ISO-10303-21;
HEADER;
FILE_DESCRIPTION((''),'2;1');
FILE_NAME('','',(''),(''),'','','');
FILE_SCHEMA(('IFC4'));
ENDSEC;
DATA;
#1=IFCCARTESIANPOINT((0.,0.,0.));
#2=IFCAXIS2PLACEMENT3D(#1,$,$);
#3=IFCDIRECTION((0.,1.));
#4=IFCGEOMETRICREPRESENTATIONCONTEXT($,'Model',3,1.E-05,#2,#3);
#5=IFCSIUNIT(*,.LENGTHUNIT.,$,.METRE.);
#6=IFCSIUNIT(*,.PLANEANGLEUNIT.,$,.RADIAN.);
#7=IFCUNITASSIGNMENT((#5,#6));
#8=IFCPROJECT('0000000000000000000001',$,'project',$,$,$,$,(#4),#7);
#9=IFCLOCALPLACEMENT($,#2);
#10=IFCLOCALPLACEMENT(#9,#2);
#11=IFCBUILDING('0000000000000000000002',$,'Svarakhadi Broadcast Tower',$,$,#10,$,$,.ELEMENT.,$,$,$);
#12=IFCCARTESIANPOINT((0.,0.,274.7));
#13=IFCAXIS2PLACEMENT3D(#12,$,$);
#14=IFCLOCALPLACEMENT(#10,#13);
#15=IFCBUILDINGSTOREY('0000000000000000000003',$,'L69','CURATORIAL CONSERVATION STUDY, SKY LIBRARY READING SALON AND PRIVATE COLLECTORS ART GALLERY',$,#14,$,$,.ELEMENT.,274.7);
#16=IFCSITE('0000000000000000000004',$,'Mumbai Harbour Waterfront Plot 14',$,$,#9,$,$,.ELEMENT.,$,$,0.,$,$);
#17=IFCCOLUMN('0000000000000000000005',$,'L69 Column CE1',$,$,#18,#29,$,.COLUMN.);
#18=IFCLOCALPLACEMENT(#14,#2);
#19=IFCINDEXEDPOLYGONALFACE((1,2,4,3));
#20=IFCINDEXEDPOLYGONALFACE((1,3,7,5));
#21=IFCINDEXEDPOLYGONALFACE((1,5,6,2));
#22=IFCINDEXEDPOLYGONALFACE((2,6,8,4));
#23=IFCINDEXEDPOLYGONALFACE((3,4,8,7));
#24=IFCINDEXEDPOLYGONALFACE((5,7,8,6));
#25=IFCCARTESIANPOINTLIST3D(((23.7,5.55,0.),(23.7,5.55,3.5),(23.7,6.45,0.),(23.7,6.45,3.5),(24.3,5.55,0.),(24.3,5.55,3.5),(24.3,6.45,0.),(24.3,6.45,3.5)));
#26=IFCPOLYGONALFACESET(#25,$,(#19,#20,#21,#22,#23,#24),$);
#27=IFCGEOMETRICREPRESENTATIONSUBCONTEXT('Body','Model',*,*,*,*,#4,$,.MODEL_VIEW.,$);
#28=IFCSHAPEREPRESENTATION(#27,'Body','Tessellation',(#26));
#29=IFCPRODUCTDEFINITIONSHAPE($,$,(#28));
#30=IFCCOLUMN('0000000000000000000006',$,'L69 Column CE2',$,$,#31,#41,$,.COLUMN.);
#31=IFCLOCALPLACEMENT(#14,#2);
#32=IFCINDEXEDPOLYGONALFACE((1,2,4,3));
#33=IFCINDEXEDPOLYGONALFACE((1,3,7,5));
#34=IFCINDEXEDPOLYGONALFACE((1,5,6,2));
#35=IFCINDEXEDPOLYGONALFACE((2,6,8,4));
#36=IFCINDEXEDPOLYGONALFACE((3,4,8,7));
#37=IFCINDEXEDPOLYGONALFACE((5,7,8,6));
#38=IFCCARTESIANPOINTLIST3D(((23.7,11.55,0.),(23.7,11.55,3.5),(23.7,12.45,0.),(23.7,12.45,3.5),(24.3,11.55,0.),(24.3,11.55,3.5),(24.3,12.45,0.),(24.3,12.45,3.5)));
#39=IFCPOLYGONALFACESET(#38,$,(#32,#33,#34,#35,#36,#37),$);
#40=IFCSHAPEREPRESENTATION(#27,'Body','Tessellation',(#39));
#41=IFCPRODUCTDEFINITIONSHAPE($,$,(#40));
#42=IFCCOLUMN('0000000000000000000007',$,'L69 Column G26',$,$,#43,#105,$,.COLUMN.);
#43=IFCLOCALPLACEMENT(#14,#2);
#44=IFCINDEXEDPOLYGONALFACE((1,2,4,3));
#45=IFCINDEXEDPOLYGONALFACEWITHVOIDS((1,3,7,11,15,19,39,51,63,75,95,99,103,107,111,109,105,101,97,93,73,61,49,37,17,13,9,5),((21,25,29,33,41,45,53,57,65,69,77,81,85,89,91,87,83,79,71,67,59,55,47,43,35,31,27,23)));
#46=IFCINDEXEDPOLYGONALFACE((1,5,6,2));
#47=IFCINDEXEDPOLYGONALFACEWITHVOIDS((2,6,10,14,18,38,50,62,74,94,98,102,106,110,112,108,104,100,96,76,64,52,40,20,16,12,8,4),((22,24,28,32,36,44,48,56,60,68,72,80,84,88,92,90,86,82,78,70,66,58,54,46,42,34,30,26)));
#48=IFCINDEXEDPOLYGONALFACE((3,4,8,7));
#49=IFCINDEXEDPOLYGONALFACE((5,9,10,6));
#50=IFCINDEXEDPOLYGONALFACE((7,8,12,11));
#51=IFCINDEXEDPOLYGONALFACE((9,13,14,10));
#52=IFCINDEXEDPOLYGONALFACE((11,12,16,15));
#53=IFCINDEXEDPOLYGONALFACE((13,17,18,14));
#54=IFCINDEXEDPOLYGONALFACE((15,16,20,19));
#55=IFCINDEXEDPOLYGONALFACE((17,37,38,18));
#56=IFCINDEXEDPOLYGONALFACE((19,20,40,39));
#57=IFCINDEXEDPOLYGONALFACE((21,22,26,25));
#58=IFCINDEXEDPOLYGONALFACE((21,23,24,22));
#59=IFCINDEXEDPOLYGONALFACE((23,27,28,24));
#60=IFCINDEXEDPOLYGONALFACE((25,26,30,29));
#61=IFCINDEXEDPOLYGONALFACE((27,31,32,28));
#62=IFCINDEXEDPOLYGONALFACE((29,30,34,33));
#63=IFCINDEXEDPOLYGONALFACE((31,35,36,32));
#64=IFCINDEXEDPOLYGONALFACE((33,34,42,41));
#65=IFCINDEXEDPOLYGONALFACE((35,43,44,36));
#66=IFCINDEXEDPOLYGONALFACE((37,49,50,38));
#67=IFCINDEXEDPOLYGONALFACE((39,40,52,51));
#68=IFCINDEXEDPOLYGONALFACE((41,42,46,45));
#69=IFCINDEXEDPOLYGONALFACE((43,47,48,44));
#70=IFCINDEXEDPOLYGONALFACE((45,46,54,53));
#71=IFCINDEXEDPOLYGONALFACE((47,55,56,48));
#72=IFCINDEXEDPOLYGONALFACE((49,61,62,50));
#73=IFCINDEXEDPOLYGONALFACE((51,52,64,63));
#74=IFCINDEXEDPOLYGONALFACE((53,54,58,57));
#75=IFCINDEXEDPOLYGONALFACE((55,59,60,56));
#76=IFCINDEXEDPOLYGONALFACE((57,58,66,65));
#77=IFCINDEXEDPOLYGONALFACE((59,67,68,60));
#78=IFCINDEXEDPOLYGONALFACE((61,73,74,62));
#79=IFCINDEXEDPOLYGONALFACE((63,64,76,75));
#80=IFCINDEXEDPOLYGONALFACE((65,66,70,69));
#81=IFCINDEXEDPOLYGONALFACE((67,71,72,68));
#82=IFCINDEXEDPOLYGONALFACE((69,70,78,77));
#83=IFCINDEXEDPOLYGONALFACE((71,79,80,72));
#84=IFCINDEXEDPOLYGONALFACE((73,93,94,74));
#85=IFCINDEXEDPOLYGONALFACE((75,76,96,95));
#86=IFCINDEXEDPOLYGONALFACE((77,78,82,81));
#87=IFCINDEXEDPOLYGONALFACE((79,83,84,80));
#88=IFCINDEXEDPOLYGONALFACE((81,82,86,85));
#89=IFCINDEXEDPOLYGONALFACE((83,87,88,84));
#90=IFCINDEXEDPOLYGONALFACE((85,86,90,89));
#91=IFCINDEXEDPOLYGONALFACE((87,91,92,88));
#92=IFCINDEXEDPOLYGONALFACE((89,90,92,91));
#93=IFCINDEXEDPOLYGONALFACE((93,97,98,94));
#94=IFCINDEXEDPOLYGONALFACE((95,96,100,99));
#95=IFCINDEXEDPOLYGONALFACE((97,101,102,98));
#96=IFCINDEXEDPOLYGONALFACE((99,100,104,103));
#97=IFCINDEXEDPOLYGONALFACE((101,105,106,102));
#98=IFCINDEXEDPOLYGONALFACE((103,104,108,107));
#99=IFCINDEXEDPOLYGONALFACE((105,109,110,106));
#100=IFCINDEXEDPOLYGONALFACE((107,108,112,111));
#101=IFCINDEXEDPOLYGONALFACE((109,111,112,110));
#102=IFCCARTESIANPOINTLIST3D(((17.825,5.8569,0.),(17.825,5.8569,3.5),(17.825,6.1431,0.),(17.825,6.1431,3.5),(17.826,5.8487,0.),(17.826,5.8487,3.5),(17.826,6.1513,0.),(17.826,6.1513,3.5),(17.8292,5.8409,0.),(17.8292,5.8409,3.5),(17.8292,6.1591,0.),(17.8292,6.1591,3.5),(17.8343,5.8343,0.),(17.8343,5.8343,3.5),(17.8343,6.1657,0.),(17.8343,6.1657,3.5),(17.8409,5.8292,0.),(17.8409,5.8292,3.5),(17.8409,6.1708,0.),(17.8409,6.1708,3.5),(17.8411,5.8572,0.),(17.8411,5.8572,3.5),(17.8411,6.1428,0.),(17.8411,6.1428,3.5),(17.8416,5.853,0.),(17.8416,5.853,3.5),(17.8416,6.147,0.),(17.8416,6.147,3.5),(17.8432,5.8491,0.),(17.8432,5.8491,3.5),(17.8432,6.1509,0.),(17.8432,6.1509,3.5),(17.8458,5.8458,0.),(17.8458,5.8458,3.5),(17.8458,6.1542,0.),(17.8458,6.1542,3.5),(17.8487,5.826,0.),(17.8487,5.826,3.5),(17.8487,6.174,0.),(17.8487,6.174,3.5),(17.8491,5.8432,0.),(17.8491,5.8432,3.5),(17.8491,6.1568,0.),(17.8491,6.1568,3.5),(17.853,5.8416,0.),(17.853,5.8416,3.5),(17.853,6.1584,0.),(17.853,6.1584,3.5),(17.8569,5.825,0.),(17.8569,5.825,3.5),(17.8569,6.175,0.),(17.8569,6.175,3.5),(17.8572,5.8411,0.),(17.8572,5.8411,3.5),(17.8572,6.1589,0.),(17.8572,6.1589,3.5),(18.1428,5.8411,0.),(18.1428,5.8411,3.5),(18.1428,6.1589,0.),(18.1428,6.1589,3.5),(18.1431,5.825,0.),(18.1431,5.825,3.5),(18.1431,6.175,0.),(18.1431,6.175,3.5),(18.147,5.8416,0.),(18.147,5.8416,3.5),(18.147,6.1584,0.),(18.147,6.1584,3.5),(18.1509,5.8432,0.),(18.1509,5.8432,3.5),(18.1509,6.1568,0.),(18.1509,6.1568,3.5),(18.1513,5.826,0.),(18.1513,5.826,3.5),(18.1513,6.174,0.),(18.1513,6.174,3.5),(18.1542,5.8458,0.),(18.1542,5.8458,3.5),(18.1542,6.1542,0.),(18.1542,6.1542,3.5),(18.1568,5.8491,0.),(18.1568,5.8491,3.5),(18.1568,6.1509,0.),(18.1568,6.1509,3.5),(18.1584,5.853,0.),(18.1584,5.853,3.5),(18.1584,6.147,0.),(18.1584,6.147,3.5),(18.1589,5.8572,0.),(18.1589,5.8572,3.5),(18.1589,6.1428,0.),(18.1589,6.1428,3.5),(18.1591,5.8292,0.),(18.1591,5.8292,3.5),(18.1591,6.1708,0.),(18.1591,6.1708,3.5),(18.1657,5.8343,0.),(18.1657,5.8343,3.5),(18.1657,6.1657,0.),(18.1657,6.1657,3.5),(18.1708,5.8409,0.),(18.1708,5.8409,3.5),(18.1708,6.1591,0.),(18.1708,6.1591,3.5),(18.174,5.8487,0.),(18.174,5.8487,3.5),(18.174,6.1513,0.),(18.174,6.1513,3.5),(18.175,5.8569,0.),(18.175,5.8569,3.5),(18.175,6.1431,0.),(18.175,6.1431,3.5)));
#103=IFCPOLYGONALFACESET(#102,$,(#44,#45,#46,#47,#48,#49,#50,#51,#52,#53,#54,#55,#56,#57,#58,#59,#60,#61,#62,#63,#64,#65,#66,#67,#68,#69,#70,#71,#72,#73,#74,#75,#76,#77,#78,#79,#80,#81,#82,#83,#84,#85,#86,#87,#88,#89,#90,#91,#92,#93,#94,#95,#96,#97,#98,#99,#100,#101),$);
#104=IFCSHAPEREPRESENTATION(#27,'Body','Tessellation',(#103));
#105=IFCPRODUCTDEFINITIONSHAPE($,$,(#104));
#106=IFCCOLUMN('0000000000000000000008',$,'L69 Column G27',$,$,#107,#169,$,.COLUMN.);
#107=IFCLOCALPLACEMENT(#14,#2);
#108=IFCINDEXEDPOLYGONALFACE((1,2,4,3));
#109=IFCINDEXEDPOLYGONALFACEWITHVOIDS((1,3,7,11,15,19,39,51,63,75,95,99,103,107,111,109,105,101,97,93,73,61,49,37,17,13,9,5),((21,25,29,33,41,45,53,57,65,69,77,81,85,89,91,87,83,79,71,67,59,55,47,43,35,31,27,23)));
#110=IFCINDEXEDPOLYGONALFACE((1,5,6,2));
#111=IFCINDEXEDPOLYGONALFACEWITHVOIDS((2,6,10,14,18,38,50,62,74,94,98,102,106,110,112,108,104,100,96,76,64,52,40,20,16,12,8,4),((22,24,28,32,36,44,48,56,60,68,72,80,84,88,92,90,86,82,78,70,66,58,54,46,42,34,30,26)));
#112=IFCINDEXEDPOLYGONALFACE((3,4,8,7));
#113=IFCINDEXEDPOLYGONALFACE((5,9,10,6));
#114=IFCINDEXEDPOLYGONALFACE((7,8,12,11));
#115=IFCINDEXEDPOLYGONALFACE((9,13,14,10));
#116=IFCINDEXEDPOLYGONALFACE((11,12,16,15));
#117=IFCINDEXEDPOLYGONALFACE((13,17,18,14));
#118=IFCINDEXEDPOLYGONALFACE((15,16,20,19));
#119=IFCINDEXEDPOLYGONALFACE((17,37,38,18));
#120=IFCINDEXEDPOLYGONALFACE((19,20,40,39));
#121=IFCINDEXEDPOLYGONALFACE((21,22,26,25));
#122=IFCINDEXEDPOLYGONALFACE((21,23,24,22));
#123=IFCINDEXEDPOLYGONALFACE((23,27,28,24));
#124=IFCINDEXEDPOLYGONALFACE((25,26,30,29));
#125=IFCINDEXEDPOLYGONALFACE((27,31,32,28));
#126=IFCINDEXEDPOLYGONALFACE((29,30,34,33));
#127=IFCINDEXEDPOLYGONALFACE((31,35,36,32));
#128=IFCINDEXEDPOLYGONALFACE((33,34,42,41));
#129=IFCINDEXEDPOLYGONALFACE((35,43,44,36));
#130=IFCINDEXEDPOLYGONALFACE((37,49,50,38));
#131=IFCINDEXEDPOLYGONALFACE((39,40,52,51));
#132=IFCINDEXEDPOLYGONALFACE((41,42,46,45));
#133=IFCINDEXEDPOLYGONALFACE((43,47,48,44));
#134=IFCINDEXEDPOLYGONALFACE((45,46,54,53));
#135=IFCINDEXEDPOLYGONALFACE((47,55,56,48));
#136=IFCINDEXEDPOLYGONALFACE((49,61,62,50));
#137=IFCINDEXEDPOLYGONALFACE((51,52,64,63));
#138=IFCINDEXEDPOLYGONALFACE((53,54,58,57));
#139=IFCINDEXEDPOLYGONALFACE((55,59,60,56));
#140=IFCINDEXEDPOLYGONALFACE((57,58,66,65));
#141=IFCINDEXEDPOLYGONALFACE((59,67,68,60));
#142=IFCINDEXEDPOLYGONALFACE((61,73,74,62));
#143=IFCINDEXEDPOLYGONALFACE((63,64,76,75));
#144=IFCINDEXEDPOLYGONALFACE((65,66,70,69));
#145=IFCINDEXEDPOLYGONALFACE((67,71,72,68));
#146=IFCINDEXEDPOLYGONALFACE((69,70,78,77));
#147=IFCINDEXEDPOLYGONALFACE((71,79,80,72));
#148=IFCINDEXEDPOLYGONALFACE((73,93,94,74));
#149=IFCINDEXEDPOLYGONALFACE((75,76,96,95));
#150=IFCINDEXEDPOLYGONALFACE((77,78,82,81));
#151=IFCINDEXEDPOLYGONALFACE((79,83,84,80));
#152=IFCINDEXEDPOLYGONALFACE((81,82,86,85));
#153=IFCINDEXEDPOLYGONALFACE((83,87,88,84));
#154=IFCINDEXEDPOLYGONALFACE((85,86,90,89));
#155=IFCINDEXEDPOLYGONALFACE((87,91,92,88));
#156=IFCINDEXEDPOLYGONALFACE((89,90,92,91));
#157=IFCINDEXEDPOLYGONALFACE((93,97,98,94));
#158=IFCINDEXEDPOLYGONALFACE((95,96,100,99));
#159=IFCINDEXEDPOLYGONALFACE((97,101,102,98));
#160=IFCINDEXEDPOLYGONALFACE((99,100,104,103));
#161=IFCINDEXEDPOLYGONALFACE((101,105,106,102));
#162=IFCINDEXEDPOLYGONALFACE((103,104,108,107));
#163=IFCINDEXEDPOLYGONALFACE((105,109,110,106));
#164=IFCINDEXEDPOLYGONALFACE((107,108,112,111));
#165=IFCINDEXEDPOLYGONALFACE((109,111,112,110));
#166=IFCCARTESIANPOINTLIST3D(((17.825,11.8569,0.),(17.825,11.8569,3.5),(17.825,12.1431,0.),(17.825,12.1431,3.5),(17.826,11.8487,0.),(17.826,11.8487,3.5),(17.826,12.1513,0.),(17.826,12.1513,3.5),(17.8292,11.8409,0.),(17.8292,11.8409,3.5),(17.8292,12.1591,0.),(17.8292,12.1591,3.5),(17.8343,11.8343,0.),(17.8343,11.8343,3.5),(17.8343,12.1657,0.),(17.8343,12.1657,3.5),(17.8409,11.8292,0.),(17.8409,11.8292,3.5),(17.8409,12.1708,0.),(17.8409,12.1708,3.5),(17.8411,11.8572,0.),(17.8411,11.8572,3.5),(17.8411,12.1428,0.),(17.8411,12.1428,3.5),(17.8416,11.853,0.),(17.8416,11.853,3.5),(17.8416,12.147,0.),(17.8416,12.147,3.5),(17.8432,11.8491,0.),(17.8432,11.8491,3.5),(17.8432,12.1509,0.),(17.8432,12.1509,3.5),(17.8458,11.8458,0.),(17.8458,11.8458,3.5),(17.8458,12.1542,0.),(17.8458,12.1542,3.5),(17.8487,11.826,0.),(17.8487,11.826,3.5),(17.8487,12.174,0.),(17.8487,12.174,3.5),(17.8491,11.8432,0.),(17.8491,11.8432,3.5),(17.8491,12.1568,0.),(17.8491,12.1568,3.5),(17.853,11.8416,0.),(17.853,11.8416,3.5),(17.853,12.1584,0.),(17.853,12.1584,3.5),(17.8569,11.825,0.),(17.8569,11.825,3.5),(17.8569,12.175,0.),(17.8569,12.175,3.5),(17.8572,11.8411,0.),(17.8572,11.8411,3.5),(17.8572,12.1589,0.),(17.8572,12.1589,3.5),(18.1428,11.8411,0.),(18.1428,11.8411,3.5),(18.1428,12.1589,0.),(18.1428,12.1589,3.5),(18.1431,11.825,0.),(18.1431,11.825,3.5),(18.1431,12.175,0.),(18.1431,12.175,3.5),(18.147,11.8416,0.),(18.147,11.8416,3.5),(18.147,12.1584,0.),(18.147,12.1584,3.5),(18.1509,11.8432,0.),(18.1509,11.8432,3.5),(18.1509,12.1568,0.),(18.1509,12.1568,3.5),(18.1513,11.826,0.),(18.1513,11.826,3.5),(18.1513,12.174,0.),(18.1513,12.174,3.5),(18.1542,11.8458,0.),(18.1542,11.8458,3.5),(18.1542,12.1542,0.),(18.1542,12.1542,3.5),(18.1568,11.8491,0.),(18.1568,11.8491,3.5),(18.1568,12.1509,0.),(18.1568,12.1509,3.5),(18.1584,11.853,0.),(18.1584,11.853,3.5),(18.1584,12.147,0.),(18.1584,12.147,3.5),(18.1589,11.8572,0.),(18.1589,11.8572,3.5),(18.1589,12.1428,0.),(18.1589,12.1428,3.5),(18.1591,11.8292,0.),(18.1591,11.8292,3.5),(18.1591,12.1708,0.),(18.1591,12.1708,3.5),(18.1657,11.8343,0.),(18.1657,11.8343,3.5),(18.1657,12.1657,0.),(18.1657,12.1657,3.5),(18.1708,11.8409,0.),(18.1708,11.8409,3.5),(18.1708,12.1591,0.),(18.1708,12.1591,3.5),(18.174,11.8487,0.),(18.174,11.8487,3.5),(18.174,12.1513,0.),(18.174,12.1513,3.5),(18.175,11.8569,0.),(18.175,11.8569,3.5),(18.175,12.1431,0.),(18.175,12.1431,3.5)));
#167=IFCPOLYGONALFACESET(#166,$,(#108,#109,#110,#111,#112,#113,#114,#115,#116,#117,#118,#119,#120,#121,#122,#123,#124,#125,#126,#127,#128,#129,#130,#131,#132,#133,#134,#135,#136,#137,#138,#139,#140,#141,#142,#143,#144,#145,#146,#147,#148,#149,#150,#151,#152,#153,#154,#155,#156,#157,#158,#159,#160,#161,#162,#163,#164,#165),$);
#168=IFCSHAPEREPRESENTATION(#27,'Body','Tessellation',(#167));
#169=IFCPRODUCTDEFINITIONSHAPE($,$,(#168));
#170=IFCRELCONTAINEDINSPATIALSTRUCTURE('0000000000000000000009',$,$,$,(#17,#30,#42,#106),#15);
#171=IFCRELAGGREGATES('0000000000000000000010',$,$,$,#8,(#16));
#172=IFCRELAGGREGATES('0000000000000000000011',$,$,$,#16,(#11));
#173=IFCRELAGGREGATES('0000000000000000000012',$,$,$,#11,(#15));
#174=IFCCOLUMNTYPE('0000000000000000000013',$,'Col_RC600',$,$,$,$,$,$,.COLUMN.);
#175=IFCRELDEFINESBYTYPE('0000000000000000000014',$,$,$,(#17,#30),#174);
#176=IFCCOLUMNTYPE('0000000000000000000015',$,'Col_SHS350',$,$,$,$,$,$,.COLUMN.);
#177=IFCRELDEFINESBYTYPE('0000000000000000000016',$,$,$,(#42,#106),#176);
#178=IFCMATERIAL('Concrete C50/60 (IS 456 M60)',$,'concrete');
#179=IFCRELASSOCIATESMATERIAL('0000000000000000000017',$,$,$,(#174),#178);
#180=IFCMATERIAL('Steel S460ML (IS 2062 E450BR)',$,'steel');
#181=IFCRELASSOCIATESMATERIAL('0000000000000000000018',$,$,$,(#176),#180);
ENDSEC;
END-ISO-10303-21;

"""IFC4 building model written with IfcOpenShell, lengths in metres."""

from ifc_helpers import new_model, si_unit, direction, frame, origin, origin_2d, place, context, subcontext, project, spatial, rectangle, hollow_rectangle, extrude, material, material_profile, profile_set, type_object, element, save


model = new_model("IFC4")

# Units and contexts
model_context = context("Model", 3, precision=1e-05, world=origin(), true_north=direction((0.0, 1.0)))
body_context = subcontext(model_context, "Body", "Model", "MODEL_VIEW")
ifc_project = project(units=[si_unit("LENGTHUNIT", "METRE"), si_unit("PLANEANGLEUNIT", "RADIAN")], contexts=[model_context])

# Site, building, storey
site_placement = place(None, origin())
site = spatial("IfcSite", under=ifc_project, at=site_placement, Name="Mumbai Harbour Waterfront Plot 14", CompositionType="ELEMENT", RefElevation=0.0)
building_placement = place(site_placement, origin())
building = spatial("IfcBuilding", under=site, at=building_placement, Name="Svarakhadi Broadcast Tower", CompositionType="ELEMENT")
storey_placement = place(building_placement, frame((0.0, 0.0, 274.7)))
storey = spatial("IfcBuildingStorey", under=building, at=storey_placement, Name="L69", Description="CURATORIAL CONSERVATION STUDY, SKY LIBRARY READING SALON AND PRIVATE COLLECTORS ART GALLERY", CompositionType="ELEMENT", Elevation=274.7)

# Columns
ifc_material_1 = material(Name="Concrete C50/60 (IS 456 M60)", Category="concrete")
ifc_material_profile_1 = material_profile(ifc_material_1, rectangle(XDim=0.6001, YDim=0.8999, at=origin_2d()), Name="RC 600x900")
ifc_profile_set_1 = profile_set([ifc_material_profile_1], Name="Concrete C50/60 (IS 456 M60)")
column_type_1 = type_object("IfcColumnType", Name="Col_RC600", PredefinedType="COLUMN", material=ifc_profile_set_1)
for number, where, z_axis, x_axis, name in (
    (1, (24.0, 6.0, 0.0), (0.0, 0.0, 1.0), (1.0, 0.0, 0.0), "L69 Column CE1"),
    (2, (24.0, 12.0, 0.0), (0.0, 0.0, 1.0), (1.0, 0.0, 0.0), "L69 Column CE2"),
):
    element("IfcColumn", number, at=place(storey_placement, frame(where, z_axis=z_axis, x_axis=x_axis)), inside=storey, type_object=column_type_1, Name=name, PredefinedType="COLUMN", context=body_context, shape_type="SweptSolid", body=[
        extrude(rectangle(XDim=0.6001, YDim=0.8999, at=origin_2d()), origin(), (0.0, 0.0, 1.0), 3.5),
    ])
ifc_material_2 = material(Name="Steel S460ML (IS 2062 E450BR)", Category="steel")
ifc_material_profile_2 = material_profile(ifc_material_2, hollow_rectangle(XDim=0.3501, YDim=0.3501, WallThickness=0.0161, InnerFilletRadius=0.0161, OuterFilletRadius=0.032, at=origin_2d()), Name="SHS 350x350x16")
ifc_profile_set_2 = profile_set([ifc_material_profile_2], Name="Steel S460ML (IS 2062 E450BR)")
column_type_2 = type_object("IfcColumnType", Name="Col_SHS350", PredefinedType="COLUMN", material=ifc_profile_set_2)
for number, where, z_axis, x_axis, name in (
    (3, (18.0, 6.0, 0.0), (0.0, 0.0, 1.0), (1.0, 0.0, 0.0), "L69 Column G26"),
    (4, (18.0, 12.0, 0.0), (0.0, 0.0, 1.0), (1.0, 0.0, 0.0), "L69 Column G27"),
):
    element("IfcColumn", number, at=place(storey_placement, frame(where, z_axis=z_axis, x_axis=x_axis)), inside=storey, type_object=column_type_2, Name=name, PredefinedType="COLUMN", context=body_context, shape_type="SweptSolid", body=[
        extrude(hollow_rectangle(XDim=0.3501, YDim=0.3501, WallThickness=0.0161, InnerFilletRadius=0.0161, OuterFilletRadius=0.032, at=origin_2d()), origin(), (0.0, 0.0, 1.0), 3.5),
    ])

save(model, "model.ifc")
